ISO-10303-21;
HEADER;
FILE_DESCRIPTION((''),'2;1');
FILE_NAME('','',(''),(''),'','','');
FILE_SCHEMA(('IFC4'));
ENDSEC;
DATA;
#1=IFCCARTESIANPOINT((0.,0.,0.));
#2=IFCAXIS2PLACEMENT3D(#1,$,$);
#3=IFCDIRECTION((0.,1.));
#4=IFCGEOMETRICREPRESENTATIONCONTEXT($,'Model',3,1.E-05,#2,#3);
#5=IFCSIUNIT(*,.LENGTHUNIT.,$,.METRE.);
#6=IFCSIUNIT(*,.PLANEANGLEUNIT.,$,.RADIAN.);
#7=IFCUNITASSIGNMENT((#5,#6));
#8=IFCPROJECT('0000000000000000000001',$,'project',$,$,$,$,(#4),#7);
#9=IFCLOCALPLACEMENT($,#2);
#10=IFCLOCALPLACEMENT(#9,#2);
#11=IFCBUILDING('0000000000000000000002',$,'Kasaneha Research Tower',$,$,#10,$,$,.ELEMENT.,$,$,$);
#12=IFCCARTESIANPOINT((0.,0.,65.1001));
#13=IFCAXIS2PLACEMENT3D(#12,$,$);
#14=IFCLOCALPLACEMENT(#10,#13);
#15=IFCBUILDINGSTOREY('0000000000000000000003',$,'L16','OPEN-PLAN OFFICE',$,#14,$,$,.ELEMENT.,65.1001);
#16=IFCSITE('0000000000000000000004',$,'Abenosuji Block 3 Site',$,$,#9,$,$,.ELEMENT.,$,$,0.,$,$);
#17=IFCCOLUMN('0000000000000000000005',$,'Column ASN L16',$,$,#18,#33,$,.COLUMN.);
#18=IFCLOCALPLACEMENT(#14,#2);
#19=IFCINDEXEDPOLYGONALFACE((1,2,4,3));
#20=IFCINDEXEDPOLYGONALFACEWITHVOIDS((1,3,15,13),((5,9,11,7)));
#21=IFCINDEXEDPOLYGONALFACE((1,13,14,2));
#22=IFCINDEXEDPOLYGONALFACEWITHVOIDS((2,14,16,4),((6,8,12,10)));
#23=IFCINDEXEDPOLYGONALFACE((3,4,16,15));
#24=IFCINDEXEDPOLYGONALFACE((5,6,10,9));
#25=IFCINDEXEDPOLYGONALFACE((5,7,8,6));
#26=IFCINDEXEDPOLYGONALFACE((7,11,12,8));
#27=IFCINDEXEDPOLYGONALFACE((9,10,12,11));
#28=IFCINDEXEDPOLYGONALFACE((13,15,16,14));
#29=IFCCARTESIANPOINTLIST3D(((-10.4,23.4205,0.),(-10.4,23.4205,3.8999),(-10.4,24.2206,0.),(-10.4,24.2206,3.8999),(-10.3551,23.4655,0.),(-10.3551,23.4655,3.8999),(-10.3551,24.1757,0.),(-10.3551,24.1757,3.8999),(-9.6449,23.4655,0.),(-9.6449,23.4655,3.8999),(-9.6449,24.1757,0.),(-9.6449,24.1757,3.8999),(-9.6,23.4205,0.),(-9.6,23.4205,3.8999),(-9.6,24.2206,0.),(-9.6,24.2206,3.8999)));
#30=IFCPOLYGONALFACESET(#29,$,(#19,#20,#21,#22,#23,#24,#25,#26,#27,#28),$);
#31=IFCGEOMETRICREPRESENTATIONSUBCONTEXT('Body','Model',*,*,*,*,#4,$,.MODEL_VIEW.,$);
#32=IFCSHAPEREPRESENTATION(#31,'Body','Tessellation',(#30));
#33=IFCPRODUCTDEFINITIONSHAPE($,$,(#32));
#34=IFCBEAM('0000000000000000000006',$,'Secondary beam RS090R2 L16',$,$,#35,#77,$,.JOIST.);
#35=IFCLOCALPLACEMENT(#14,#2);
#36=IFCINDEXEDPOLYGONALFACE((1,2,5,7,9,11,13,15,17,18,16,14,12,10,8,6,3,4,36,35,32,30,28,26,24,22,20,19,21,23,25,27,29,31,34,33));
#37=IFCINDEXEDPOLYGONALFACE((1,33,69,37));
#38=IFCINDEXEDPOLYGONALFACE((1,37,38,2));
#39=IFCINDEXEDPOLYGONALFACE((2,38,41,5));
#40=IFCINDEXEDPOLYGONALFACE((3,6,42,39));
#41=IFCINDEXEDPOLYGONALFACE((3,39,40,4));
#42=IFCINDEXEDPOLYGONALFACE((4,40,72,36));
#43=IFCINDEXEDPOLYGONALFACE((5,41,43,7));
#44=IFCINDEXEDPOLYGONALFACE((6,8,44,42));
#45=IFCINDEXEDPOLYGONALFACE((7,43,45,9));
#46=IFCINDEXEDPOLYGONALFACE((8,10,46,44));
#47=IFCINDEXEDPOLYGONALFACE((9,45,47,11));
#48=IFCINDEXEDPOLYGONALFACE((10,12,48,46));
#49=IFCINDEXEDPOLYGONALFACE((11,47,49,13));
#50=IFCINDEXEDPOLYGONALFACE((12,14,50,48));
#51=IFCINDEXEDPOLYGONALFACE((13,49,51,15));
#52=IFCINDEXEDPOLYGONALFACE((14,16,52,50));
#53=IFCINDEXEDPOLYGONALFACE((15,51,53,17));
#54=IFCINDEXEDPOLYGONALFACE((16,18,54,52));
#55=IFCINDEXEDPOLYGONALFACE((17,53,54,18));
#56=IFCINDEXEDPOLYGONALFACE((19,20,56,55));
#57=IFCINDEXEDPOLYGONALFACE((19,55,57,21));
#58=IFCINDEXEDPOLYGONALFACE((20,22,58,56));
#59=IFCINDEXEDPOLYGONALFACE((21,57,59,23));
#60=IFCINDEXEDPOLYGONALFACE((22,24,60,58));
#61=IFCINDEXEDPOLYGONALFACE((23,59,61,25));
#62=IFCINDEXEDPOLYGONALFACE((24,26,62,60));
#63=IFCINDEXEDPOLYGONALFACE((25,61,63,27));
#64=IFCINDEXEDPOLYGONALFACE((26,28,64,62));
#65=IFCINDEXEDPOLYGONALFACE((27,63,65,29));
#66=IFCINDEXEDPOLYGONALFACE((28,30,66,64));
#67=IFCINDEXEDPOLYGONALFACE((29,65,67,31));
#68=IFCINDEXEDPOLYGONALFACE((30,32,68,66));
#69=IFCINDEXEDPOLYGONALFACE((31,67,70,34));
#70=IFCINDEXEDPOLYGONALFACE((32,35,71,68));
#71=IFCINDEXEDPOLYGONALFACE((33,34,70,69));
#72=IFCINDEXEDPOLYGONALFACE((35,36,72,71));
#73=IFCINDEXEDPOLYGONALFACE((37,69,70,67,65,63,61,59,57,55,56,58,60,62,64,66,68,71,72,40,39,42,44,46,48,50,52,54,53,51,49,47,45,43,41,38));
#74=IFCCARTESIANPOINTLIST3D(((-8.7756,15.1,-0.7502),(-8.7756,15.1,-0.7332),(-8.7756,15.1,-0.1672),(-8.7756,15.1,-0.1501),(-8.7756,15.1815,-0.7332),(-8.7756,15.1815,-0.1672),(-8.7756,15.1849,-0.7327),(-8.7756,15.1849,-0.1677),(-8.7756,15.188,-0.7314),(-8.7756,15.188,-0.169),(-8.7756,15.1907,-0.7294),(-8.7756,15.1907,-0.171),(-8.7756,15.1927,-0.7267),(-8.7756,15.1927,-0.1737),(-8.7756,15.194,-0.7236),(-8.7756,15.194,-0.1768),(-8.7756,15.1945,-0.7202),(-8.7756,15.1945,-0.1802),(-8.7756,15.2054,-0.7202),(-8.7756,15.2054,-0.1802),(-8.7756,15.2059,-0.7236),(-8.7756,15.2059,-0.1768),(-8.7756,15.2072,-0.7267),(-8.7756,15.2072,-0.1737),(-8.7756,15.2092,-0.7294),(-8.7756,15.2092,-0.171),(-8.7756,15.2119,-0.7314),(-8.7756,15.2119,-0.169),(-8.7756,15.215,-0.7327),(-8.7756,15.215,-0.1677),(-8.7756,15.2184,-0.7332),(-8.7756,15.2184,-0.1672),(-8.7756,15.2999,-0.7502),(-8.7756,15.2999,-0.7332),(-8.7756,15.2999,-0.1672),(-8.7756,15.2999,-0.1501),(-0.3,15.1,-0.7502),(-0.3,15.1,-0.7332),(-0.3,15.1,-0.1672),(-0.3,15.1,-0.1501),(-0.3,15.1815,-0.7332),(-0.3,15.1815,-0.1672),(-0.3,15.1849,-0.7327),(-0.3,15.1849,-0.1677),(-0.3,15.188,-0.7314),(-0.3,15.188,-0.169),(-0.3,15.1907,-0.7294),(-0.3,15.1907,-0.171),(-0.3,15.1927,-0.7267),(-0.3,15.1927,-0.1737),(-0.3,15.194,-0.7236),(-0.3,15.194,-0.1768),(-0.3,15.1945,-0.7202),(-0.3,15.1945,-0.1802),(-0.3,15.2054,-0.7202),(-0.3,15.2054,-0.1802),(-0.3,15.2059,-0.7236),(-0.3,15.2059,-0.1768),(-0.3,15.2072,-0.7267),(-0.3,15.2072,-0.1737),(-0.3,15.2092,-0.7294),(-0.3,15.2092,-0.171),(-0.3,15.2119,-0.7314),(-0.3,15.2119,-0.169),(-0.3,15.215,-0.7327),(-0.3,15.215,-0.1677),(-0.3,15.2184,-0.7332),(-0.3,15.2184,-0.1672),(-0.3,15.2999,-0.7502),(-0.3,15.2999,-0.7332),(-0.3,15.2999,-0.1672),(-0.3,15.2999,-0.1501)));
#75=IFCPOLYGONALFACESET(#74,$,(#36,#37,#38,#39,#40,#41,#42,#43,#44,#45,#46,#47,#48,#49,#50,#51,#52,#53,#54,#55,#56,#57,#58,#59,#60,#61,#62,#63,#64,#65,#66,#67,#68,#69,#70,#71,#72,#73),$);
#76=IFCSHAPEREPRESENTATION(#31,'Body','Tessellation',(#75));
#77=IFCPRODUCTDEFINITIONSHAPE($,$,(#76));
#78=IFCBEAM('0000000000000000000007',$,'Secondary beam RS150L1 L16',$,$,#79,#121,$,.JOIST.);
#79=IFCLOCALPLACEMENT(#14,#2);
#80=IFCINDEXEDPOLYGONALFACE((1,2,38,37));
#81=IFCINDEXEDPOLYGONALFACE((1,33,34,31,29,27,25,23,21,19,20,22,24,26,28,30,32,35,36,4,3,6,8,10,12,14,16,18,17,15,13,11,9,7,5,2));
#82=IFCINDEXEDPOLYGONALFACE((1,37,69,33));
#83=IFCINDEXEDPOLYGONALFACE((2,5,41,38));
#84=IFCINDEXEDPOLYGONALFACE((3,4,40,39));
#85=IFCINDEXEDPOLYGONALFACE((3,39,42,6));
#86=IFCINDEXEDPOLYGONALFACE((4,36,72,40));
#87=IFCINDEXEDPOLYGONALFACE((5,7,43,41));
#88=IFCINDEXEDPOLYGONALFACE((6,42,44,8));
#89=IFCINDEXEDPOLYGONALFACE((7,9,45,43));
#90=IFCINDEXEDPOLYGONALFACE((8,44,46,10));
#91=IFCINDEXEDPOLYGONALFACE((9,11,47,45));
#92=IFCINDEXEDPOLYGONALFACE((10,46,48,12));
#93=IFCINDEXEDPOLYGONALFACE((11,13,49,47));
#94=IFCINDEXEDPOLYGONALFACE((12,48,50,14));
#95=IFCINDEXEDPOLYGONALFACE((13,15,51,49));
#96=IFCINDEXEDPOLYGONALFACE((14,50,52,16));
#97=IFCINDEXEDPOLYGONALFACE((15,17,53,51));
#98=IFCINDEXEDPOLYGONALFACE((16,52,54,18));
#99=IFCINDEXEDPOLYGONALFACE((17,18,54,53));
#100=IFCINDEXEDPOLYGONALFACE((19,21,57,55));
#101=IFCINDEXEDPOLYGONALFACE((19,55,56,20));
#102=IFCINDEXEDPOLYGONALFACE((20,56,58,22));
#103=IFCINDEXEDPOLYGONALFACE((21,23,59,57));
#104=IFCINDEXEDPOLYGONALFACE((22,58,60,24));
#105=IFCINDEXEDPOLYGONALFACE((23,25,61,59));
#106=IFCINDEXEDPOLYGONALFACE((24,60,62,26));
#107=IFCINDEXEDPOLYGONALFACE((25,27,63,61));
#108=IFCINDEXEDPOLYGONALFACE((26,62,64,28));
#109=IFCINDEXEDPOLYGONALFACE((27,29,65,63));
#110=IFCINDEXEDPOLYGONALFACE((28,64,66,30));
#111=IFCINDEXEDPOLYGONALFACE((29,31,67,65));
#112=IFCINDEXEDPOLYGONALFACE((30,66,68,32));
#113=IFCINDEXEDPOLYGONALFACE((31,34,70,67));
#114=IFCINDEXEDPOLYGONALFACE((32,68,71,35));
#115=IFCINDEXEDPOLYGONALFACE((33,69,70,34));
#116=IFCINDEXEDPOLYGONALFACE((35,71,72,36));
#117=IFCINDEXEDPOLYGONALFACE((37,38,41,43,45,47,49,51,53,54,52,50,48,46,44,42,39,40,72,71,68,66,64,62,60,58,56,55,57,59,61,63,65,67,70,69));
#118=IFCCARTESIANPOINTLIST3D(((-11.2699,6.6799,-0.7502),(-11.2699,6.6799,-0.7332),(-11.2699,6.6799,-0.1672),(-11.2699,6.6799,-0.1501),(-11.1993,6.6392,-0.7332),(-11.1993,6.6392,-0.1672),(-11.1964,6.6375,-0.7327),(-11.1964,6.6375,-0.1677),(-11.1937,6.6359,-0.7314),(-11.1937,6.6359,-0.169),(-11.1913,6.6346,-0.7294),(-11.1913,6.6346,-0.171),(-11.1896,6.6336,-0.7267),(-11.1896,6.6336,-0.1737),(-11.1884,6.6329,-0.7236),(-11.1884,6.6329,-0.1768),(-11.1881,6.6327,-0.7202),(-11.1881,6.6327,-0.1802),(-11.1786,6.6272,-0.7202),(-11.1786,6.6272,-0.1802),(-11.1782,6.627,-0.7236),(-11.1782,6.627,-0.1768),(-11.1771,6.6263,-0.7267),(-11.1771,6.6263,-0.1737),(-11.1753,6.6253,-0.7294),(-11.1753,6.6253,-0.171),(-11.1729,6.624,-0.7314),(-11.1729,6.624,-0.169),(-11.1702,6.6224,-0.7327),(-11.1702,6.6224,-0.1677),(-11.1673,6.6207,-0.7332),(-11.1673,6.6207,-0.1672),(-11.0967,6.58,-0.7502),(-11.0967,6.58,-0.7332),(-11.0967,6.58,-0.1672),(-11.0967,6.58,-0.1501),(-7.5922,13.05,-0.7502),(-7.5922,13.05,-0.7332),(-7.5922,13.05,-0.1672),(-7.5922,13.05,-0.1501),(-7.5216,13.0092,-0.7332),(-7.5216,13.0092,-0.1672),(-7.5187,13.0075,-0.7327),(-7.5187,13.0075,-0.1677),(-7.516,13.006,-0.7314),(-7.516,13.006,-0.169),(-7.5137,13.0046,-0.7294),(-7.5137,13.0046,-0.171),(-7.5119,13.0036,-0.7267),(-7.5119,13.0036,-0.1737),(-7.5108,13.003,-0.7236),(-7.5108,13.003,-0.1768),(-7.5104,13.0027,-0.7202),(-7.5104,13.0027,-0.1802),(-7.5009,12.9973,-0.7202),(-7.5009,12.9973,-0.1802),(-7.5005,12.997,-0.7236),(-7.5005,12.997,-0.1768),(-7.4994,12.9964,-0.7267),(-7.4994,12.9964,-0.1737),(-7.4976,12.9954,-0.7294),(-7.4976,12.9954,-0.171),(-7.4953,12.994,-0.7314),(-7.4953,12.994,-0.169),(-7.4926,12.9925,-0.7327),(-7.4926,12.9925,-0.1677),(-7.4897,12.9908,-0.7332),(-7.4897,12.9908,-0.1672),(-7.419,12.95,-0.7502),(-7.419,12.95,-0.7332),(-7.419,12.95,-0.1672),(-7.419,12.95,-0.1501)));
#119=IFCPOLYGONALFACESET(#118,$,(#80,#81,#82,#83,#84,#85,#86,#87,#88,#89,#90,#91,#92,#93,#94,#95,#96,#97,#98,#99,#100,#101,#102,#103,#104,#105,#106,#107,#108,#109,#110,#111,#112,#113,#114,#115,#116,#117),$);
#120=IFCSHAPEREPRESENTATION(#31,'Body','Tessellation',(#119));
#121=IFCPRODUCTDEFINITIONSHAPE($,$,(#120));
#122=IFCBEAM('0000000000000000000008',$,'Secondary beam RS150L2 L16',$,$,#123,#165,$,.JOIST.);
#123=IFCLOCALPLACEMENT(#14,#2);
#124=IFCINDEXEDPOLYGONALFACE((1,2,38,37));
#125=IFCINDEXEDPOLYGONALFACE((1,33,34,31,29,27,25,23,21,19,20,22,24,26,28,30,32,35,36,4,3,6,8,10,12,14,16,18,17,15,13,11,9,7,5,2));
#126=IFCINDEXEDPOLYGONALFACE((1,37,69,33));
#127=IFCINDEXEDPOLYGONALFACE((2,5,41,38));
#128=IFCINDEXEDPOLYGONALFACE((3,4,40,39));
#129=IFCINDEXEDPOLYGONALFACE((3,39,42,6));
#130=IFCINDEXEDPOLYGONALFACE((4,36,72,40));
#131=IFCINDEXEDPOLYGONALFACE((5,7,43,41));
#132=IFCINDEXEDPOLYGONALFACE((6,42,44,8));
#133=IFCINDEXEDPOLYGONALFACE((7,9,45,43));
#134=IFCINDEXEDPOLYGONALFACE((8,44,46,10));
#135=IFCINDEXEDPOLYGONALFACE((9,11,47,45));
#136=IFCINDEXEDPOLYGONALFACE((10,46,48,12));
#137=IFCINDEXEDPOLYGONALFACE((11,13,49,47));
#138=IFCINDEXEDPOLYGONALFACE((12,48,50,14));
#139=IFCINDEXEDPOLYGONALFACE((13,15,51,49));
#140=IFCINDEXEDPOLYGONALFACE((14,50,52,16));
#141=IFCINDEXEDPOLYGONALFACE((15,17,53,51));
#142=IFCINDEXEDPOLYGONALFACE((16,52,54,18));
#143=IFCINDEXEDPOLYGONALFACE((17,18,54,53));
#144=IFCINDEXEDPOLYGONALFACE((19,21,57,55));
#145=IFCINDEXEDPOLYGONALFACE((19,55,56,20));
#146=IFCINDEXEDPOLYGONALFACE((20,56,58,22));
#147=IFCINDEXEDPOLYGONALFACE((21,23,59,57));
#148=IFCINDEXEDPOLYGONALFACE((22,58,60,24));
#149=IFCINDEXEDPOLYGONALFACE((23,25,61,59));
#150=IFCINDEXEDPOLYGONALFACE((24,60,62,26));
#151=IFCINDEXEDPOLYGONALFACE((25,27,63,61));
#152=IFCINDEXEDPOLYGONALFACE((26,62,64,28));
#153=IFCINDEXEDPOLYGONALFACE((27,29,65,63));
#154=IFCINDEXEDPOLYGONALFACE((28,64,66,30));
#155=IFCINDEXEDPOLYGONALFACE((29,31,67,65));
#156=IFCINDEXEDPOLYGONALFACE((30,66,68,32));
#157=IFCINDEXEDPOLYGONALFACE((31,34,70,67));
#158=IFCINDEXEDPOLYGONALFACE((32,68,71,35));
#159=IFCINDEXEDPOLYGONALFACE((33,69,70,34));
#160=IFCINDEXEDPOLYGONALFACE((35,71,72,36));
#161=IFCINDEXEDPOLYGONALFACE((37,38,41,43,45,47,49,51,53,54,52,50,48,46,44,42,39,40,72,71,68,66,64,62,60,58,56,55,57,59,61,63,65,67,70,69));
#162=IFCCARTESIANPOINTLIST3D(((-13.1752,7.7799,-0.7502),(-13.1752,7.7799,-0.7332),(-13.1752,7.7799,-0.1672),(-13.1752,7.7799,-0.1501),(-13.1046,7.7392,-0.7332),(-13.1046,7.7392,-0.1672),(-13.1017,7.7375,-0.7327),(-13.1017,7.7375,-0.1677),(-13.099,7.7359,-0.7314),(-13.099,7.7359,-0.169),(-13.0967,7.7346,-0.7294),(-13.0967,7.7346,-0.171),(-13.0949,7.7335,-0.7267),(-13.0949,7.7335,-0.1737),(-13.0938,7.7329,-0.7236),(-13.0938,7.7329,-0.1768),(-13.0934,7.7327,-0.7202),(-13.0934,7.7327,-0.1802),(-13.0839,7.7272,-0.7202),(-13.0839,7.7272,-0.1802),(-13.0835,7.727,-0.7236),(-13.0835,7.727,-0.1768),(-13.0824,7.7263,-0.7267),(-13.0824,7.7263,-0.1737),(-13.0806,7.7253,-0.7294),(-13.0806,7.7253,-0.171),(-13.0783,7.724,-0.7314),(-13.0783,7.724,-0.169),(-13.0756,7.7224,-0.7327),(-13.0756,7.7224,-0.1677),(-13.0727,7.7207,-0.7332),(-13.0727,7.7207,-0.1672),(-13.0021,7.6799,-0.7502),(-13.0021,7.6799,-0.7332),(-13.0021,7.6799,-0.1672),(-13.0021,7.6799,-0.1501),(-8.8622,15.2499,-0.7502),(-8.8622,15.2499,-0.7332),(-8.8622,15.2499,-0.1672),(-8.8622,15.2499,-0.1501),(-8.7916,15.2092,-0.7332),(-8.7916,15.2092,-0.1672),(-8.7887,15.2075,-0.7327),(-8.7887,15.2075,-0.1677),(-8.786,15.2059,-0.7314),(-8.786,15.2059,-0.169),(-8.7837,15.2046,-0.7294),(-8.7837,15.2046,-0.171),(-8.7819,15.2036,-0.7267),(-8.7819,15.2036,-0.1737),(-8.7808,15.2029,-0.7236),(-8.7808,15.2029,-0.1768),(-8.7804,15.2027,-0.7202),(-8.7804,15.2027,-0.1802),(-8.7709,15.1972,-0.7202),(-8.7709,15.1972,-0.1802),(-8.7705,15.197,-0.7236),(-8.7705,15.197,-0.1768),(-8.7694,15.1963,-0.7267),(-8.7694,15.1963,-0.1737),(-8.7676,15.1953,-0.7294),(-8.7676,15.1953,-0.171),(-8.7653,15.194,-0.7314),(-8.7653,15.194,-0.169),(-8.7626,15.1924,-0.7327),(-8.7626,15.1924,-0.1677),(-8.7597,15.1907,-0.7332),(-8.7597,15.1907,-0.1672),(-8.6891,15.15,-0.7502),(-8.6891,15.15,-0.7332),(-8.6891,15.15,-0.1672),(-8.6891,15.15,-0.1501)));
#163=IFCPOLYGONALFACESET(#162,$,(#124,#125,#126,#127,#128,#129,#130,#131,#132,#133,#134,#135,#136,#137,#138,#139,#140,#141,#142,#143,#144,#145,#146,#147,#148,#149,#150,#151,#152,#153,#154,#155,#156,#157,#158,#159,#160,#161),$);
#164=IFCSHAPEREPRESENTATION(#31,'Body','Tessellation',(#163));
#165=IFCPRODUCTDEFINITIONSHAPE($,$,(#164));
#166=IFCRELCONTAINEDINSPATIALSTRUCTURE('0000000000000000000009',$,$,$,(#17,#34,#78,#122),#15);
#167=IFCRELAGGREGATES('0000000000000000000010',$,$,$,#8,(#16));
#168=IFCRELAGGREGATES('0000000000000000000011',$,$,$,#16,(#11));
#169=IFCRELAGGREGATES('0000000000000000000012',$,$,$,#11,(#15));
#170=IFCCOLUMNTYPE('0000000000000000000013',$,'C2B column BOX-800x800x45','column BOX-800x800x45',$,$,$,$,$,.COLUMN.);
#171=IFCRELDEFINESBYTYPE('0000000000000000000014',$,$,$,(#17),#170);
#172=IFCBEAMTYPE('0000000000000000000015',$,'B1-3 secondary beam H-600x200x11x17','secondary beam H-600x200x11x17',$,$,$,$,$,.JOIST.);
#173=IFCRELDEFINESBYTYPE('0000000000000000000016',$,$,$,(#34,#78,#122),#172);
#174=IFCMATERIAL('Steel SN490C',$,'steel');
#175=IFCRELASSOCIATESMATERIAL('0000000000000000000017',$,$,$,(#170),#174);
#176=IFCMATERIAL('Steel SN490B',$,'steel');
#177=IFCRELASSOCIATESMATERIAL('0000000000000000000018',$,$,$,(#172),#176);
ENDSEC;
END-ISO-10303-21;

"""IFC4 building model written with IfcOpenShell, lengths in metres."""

from ifc_helpers import new_model, si_unit, direction, frame, origin, origin_2d, place, context, subcontext, project, spatial, hollow_rectangle, i_section, extrude, material, material_profile, profile_set, type_object, element, save


model = new_model("IFC4")

# Units and contexts
model_context = context("Model", 3, precision=1e-05, world=origin(), true_north=direction((0.0, 1.0)))
body_context = subcontext(model_context, "Body", "Model", "MODEL_VIEW")
ifc_project = project(units=[si_unit("LENGTHUNIT", "METRE"), si_unit("PLANEANGLEUNIT", "RADIAN")], contexts=[model_context])

# Site, building, storey
site_placement = place(None, origin())
site = spatial("IfcSite", under=ifc_project, at=site_placement, Name="Abenosuji Block 3 Site", CompositionType="ELEMENT", RefElevation=0.0)
building_placement = place(site_placement, origin())
building = spatial("IfcBuilding", under=site, at=building_placement, Name="Kasaneha Research Tower", CompositionType="ELEMENT")
storey_placement = place(building_placement, frame((0.0, 0.0, 65.1001)))
storey = spatial("IfcBuildingStorey", under=building, at=storey_placement, Name="L16", Description="OPEN-PLAN OFFICE", CompositionType="ELEMENT", Elevation=65.1001)

# Column
ifc_material_1 = material(Name="Steel SN490C", Category="steel")
ifc_material_profile_1 = material_profile(ifc_material_1, hollow_rectangle(XDim=0.8, YDim=0.8, WallThickness=0.0449, at=origin_2d()), Name="BOX-800x800x45")
ifc_profile_set_1 = profile_set([ifc_material_profile_1], Name="Steel SN490C")
column_type = type_object("IfcColumnType", Name="C2B column BOX-800x800x45", Description="column BOX-800x800x45", PredefinedType="COLUMN", material=ifc_profile_set_1)
column_placement = place(storey_placement, frame((-10.0, 23.8206, 0.0), z_axis=(0.0, 0.0, 1.0), x_axis=(1.0, 0.0, 0.0)))
element("IfcColumn", 1, at=column_placement, inside=storey, type_object=column_type, Name="Column ASN L16", PredefinedType="COLUMN", context=body_context, shape_type="SweptSolid", body=[
    extrude(hollow_rectangle(XDim=0.8, YDim=0.8, WallThickness=0.0449, at=origin_2d()), origin(), (0.0, 0.0, 1.0), 3.8999),
])

# Beams
ifc_material_2 = material(Name="Steel SN490B", Category="steel")
ifc_material_profile_2 = material_profile(ifc_material_2, i_section(OverallWidth=0.2, OverallDepth=0.6001, WebThickness=0.011, FlangeThickness=0.0171, FilletRadius=0.0129, at=origin_2d()), Name="H-600x200x11x17")
ifc_profile_set_2 = profile_set([ifc_material_profile_2], Name="Steel SN490B")
beam_type_1 = type_object("IfcBeamType", Name="B1-3 secondary beam H-600x200x11x17", Description="secondary beam H-600x200x11x17", PredefinedType="JOIST", material=ifc_profile_set_2)
beam_1_placement = place(storey_placement, frame((-8.7756, 15.2, -0.4502), z_axis=(1.0, 0.0, 0.0), x_axis=(0.0, 1.0, 0.0)))
element("IfcBeam", 2, at=beam_1_placement, inside=storey, type_object=beam_type_1, Name="Secondary beam RS090R2 L16", PredefinedType="JOIST", context=body_context, shape_type="SweptSolid", body=[
    extrude(i_section(OverallWidth=0.2, OverallDepth=0.6001, WebThickness=0.011, FlangeThickness=0.0171, FilletRadius=0.0129, at=origin_2d()), origin(), (0.0, 0.0, 1.0), 8.4756),
])
beam_2_placement = place(storey_placement, frame((-7.5056, 13.0, -0.4502), z_axis=(-0.499994, -0.866029, 0.0), x_axis=(0.866029, -0.499994, 0.0)))
element("IfcBeam", 3, at=beam_2_placement, inside=storey, type_object=beam_type_1, Name="Secondary beam RS150L1 L16", PredefinedType="JOIST", context=body_context, shape_type="SweptSolid", body=[
    extrude(i_section(OverallWidth=0.2, OverallDepth=0.6001, WebThickness=0.011, FlangeThickness=0.0171, FilletRadius=0.0129, at=origin_2d()), origin(), (0.0, 0.0, 1.0), 7.3555),
])
beam_3_placement = place(storey_placement, frame((-8.7756, 15.2, -0.4502), z_axis=(-0.500017, -0.866015, 0.0), x_axis=(0.866015, -0.500017, 0.0)))
element("IfcBeam", 4, at=beam_3_placement, inside=storey, type_object=beam_type_1, Name="Secondary beam RS150L2 L16", PredefinedType="JOIST", context=body_context, shape_type="SweptSolid", body=[
    extrude(i_section(OverallWidth=0.2, OverallDepth=0.6001, WebThickness=0.011, FlangeThickness=0.0171, FilletRadius=0.0129, at=origin_2d()), origin(), (0.0, 0.0, 1.0), 8.6257),
])

save(model, "model.ifc")
